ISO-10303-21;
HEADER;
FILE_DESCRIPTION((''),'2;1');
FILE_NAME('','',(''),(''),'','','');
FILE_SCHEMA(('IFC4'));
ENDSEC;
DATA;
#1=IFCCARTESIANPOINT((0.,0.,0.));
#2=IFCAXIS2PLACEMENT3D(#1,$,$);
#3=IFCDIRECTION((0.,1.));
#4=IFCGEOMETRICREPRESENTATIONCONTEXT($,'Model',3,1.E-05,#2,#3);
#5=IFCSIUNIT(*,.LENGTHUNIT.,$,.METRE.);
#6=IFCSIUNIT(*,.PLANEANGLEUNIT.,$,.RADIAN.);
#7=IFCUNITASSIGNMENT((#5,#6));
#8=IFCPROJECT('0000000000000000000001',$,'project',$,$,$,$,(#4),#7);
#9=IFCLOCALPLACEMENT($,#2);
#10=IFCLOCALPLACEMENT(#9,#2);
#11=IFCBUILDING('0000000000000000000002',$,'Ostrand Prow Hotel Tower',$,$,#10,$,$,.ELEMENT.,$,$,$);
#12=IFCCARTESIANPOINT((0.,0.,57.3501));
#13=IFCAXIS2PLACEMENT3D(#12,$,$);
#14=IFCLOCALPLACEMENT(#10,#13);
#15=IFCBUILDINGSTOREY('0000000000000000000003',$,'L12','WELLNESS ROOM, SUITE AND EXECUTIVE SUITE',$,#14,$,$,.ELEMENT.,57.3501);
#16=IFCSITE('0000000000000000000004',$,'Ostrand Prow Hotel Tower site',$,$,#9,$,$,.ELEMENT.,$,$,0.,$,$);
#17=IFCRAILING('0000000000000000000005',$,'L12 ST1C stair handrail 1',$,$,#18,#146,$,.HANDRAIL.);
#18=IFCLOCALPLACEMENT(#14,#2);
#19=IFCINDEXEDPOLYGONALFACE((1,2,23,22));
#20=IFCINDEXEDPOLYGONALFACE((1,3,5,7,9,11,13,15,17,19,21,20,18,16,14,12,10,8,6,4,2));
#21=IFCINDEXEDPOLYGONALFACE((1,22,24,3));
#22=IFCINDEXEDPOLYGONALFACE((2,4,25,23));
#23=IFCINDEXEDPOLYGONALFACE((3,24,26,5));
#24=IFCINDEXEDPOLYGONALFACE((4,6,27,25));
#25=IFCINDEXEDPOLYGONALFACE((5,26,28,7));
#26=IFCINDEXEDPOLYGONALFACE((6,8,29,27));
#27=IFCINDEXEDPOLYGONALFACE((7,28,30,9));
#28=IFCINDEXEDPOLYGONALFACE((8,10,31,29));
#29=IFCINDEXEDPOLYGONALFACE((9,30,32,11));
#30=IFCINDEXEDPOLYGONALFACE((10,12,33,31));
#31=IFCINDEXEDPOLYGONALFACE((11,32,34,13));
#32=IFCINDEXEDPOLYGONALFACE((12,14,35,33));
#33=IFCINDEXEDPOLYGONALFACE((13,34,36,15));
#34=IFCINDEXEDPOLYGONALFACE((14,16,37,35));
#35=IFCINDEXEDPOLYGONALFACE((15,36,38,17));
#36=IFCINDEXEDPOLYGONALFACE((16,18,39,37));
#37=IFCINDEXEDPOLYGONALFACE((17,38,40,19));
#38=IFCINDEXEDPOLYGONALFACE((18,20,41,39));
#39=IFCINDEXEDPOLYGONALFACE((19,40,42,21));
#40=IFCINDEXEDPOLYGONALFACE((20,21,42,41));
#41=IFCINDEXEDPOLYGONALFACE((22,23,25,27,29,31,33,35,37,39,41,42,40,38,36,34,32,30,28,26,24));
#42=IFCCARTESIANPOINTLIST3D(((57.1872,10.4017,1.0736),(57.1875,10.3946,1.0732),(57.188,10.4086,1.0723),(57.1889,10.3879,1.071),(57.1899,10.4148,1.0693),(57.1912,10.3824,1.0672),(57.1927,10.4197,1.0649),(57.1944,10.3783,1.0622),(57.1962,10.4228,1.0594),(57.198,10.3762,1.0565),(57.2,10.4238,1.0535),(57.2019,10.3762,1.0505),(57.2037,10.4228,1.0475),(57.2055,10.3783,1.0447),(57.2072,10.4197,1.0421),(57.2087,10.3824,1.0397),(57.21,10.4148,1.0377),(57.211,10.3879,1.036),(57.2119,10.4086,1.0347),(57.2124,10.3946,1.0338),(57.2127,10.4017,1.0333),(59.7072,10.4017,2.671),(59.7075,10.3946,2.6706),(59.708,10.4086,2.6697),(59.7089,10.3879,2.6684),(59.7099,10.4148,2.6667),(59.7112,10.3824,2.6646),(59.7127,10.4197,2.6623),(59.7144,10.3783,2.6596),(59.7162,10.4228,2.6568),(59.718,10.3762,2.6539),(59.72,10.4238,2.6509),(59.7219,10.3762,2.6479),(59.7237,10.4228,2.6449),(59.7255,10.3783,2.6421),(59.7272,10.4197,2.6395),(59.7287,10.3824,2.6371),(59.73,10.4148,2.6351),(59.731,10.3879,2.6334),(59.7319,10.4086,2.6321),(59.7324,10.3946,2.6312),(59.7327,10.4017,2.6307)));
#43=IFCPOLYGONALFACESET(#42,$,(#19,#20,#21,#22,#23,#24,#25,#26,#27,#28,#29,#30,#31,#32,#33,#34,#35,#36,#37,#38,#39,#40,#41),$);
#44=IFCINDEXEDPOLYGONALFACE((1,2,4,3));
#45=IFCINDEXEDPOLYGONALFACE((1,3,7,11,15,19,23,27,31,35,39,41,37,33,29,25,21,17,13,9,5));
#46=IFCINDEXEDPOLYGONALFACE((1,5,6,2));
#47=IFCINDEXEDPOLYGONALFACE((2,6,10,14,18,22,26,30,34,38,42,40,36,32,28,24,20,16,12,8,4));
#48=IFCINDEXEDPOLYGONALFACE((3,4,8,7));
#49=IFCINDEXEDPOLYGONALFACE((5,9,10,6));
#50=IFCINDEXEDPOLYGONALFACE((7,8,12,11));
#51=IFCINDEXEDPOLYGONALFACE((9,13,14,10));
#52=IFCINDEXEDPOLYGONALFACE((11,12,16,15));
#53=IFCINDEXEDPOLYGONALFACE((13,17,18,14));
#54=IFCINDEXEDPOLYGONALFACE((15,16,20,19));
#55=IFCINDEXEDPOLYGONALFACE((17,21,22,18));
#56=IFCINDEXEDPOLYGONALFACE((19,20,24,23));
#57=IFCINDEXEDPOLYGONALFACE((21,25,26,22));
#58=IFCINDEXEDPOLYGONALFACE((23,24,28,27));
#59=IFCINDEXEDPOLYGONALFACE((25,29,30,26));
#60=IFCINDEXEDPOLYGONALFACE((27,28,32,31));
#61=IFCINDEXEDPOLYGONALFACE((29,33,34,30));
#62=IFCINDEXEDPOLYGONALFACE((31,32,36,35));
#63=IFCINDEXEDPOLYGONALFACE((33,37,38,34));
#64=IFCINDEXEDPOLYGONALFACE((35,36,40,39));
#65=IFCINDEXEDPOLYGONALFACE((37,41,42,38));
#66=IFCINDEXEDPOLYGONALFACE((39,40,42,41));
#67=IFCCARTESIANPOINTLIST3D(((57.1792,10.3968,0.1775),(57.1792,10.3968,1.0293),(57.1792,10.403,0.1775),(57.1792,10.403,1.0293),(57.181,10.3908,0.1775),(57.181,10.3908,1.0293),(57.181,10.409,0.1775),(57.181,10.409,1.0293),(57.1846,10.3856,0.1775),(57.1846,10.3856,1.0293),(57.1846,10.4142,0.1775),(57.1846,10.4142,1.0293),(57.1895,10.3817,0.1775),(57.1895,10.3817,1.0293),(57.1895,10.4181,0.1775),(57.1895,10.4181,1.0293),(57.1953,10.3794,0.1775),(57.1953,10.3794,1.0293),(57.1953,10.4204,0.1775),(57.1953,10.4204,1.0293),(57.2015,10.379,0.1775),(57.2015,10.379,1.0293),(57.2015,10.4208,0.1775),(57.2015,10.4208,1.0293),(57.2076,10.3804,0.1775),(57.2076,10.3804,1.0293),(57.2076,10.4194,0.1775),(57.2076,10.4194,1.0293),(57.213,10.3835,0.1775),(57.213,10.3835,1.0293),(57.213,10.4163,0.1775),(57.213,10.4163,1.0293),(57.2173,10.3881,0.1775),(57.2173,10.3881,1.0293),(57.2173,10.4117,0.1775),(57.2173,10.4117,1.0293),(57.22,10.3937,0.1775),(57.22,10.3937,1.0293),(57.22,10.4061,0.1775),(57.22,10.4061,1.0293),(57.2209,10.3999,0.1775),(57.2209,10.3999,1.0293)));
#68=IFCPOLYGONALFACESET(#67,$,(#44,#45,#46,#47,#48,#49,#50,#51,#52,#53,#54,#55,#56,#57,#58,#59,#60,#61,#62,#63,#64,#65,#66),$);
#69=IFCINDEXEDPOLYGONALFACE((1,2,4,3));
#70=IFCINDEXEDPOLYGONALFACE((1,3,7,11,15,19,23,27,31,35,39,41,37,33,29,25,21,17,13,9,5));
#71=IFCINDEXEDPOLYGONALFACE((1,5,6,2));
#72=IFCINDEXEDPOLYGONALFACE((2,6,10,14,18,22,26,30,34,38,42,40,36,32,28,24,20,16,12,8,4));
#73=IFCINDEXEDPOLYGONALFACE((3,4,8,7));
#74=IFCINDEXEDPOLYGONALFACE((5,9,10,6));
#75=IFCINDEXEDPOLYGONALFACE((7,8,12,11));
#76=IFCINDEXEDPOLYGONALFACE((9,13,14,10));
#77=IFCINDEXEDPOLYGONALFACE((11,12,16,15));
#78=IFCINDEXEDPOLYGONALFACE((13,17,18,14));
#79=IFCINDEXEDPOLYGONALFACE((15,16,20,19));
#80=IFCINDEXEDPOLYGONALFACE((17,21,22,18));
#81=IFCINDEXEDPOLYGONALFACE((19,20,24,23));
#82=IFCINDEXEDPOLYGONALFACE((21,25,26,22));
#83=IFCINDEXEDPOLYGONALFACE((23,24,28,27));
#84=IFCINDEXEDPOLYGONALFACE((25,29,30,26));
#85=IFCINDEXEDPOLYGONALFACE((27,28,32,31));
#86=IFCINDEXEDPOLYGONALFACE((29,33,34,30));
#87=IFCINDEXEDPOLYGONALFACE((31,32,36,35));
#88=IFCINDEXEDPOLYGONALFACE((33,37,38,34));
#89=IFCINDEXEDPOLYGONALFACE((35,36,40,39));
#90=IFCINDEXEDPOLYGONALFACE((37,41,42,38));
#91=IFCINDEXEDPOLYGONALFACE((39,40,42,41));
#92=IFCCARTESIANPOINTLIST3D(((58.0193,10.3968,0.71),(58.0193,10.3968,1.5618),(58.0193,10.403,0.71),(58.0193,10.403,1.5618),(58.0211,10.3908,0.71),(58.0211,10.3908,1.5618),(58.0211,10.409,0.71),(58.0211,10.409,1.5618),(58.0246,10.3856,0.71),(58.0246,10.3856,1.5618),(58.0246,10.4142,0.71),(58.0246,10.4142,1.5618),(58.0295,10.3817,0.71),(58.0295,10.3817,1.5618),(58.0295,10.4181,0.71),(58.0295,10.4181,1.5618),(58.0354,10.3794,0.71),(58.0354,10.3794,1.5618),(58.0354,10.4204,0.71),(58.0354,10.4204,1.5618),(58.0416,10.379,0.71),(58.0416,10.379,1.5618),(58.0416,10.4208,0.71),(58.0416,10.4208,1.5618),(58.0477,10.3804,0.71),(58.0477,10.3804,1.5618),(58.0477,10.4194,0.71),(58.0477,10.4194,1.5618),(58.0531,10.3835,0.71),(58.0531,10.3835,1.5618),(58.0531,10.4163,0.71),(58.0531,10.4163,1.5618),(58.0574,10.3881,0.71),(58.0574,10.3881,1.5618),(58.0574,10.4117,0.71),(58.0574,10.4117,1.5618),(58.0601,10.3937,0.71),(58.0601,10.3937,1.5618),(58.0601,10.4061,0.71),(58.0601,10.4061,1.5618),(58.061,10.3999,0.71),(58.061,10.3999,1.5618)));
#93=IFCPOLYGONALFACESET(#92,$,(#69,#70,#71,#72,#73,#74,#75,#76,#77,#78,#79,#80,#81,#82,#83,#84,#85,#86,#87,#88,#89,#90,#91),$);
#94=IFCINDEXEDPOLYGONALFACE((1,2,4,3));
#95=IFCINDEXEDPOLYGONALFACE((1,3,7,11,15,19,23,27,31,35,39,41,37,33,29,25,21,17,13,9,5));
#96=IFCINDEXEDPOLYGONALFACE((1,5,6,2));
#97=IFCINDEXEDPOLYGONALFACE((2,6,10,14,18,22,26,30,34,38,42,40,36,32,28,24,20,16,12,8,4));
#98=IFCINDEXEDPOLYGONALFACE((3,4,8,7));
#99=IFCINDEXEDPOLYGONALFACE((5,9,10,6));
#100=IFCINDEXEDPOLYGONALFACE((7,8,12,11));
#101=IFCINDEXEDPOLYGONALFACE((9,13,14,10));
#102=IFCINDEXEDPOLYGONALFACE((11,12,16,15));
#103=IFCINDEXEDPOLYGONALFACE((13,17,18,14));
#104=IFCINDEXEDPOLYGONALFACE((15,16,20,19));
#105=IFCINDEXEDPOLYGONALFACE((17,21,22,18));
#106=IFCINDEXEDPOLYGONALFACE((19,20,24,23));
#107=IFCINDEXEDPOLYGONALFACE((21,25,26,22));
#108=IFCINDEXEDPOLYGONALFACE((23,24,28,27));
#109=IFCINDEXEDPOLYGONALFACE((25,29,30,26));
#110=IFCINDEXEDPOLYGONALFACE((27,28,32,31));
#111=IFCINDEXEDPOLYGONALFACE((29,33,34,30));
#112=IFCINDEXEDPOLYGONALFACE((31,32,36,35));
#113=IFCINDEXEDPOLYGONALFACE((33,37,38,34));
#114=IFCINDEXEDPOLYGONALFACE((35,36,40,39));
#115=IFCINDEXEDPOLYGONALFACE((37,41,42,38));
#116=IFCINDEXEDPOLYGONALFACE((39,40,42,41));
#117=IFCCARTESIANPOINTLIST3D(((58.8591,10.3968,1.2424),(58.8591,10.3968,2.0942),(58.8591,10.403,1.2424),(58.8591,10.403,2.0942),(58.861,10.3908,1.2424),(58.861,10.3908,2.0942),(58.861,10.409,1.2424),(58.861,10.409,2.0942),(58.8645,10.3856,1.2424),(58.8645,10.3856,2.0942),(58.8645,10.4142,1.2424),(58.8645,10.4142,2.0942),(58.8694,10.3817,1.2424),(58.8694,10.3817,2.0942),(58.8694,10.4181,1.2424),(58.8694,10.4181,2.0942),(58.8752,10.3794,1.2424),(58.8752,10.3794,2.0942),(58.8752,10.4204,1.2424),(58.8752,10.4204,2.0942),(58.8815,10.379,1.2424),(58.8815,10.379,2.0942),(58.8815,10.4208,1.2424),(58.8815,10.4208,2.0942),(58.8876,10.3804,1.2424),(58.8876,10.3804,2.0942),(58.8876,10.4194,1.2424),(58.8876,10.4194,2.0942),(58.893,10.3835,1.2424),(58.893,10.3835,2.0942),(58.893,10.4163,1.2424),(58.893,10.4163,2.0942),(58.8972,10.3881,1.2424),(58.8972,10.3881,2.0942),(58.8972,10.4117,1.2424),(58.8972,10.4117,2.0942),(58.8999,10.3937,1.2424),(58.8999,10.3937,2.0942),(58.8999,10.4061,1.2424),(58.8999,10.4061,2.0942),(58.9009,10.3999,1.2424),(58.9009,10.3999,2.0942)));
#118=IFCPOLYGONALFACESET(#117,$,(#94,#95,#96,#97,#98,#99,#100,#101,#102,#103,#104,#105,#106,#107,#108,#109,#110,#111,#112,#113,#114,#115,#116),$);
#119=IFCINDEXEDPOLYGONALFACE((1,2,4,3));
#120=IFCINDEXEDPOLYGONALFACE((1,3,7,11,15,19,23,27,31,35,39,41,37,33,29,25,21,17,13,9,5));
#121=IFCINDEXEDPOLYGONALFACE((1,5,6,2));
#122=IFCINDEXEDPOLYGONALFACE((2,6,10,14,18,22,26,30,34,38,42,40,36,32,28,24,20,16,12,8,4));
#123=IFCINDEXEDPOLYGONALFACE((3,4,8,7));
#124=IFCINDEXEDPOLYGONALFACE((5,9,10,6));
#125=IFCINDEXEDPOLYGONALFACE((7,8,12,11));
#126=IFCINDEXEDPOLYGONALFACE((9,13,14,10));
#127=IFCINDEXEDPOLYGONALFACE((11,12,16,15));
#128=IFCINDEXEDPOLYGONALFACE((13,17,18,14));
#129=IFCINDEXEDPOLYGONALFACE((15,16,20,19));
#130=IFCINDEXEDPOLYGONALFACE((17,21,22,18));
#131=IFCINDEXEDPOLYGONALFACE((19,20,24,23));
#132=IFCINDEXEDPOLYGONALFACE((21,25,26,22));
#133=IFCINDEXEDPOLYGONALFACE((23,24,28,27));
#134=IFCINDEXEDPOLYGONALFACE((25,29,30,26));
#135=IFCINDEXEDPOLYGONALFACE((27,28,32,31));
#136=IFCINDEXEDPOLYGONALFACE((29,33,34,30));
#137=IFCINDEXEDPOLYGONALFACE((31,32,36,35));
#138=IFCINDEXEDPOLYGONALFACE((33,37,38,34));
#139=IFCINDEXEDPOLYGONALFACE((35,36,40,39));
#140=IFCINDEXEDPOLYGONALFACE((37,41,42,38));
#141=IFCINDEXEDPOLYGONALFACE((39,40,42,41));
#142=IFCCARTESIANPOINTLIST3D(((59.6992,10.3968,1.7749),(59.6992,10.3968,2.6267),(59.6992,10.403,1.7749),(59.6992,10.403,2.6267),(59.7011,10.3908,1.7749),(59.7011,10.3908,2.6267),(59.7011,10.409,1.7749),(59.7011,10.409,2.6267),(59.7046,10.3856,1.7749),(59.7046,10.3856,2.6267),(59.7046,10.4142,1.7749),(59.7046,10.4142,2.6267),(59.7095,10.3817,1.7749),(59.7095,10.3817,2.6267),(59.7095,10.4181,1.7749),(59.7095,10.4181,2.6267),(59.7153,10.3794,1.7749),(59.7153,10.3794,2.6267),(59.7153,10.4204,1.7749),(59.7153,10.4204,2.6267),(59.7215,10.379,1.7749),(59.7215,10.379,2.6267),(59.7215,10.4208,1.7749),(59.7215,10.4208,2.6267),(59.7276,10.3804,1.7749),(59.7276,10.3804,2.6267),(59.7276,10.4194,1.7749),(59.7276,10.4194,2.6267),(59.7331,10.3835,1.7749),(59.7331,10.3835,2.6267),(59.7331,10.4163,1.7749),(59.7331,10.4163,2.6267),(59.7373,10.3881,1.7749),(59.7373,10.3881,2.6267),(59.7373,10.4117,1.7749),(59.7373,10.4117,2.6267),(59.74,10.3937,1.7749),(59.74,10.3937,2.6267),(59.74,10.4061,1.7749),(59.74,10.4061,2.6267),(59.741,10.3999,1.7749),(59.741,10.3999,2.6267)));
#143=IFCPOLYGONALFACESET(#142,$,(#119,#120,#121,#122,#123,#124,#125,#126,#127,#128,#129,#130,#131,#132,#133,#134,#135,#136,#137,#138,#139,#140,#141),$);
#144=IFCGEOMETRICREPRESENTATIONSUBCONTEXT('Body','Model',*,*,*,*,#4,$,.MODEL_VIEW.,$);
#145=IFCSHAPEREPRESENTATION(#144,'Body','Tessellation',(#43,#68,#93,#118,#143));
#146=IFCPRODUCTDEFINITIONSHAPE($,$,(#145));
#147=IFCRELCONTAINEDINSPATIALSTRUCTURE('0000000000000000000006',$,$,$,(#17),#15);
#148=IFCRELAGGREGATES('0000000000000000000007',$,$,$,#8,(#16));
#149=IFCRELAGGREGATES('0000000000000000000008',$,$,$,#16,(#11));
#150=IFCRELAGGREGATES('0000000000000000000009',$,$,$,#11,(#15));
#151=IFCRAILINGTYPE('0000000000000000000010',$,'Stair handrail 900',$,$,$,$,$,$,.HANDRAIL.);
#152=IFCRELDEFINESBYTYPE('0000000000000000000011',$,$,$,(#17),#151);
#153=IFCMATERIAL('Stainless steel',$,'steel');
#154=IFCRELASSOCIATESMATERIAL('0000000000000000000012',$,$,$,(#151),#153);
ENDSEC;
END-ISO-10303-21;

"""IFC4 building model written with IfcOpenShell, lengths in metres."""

from ifc_helpers import new_model, si_unit, direction, frame, origin, origin_2d, place, context, subcontext, project, spatial, circle, extrude, material, type_object, element, save


model = new_model("IFC4")

# Units and contexts
model_context = context("Model", 3, precision=1e-05, world=origin(), true_north=direction((0.0, 1.0)))
body_context = subcontext(model_context, "Body", "Model", "MODEL_VIEW")
ifc_project = project(units=[si_unit("LENGTHUNIT", "METRE"), si_unit("PLANEANGLEUNIT", "RADIAN")], contexts=[model_context])

# Site, building, storey
site_placement = place(None, origin())
site = spatial("IfcSite", under=ifc_project, at=site_placement, Name="Ostrand Prow Hotel Tower site", CompositionType="ELEMENT", RefElevation=0.0)
building_placement = place(site_placement, origin())
building = spatial("IfcBuilding", under=site, at=building_placement, Name="Ostrand Prow Hotel Tower", CompositionType="ELEMENT")
storey_placement = place(building_placement, frame((0.0, 0.0, 57.3501)))
storey = spatial("IfcBuildingStorey", under=building, at=storey_placement, Name="L12", Description="WELLNESS ROOM, SUITE AND EXECUTIVE SUITE", CompositionType="ELEMENT", Elevation=57.3501)

# Railing
ifc_material_1 = material(Name="Stainless steel", Category="steel")
railing_type = type_object("IfcRailingType", Name="Stair handrail 900", PredefinedType="HANDRAIL", material=ifc_material_1)
railing_placement = place(storey_placement, frame((57.2, 10.3999, 0.1775)))
element("IfcRailing", 1, at=railing_placement, inside=storey, type_object=railing_type, Name="L12 ST1C stair handrail 1", PredefinedType="HANDRAIL", context=body_context, shape_type="SweptSolid", body=[
    extrude(circle(Radius=0.0239, at=origin_2d()), frame((0.0, 0.0, 0.876), z_axis=(0.844607, 0.0, 0.535387), x_axis=(0.0, 1.0, 0.0)), (0.0, 0.0, 1.0), 2.9836),
    extrude(circle(Radius=0.021, at=origin_2d()), origin(), (0.0, 0.0, 1.0), 0.8518),
    extrude(circle(Radius=0.021, at=origin_2d()), frame((0.8401, 0.0, 0.5325)), (0.0, 0.0, 1.0), 0.8518),
    extrude(circle(Radius=0.021, at=origin_2d()), frame((1.6799, 0.0, 1.0649)), (0.0, 0.0, 1.0), 0.8518),
    extrude(circle(Radius=0.021, at=origin_2d()), frame((2.52, 0.0, 1.5974)), (0.0, 0.0, 1.0), 0.8518),
])

save(model, "model.ifc")
